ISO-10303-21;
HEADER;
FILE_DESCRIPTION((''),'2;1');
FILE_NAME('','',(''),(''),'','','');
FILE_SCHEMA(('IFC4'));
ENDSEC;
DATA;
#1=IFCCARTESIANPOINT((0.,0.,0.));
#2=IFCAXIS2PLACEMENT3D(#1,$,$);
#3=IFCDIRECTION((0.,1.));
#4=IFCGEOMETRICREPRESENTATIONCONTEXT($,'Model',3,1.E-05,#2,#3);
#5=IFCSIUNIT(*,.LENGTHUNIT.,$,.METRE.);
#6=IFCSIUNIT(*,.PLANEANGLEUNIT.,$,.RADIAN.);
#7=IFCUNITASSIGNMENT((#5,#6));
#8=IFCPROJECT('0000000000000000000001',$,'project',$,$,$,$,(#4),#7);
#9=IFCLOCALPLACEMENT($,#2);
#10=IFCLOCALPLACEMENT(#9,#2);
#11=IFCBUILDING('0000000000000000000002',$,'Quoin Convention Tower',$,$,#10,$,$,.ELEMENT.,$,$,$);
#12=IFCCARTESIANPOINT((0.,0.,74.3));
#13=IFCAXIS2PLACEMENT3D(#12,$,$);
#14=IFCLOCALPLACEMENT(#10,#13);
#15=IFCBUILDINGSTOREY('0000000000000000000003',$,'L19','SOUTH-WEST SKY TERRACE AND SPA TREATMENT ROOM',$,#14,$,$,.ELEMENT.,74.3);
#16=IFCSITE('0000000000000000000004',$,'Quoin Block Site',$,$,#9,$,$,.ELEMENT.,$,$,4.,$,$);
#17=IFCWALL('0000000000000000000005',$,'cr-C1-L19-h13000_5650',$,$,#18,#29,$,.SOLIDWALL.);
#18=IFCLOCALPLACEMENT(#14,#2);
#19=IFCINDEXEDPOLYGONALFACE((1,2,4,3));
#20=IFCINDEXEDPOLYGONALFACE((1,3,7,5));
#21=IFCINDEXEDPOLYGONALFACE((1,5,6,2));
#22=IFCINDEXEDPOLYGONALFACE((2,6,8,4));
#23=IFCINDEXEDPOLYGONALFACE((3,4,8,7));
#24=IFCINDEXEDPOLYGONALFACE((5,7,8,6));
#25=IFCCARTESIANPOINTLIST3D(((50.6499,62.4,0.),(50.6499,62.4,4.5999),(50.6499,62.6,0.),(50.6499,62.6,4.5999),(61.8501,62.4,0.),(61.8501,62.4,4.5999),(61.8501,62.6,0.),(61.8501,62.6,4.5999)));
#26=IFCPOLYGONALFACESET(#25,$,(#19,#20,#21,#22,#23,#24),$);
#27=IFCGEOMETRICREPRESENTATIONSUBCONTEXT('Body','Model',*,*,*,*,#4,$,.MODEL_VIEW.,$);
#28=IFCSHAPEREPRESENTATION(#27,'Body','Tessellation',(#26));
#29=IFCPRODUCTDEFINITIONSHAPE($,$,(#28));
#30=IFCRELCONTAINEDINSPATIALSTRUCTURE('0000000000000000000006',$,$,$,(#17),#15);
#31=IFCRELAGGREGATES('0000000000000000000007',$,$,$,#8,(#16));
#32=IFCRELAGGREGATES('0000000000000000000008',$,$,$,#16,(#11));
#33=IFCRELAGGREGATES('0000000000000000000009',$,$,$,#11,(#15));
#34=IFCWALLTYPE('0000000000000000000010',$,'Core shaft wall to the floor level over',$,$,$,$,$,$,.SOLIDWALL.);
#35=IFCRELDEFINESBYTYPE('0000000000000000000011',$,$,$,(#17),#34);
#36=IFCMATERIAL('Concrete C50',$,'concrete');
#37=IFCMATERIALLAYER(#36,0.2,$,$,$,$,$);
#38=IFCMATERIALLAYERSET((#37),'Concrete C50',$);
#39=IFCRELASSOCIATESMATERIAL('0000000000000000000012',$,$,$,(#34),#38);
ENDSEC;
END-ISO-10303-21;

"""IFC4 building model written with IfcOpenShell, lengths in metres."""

from ifc_helpers import new_model, si_unit, direction, frame, frame_2d, origin, place, context, subcontext, project, spatial, rectangle, extrude, material, layer, layer_set, type_object, element, save


model = new_model("IFC4")

# Units and contexts
model_context = context("Model", 3, precision=1e-05, world=origin(), true_north=direction((0.0, 1.0)))
body_context = subcontext(model_context, "Body", "Model", "MODEL_VIEW")
ifc_project = project(units=[si_unit("LENGTHUNIT", "METRE"), si_unit("PLANEANGLEUNIT", "RADIAN")], contexts=[model_context])

# Site, building, storey
site_placement = place(None, origin())
site = spatial("IfcSite", under=ifc_project, at=site_placement, Name="Quoin Block Site", CompositionType="ELEMENT", RefElevation=4.0)
building_placement = place(site_placement, origin())
building = spatial("IfcBuilding", under=site, at=building_placement, Name="Quoin Convention Tower", CompositionType="ELEMENT")
storey_placement = place(building_placement, frame((0.0, 0.0, 74.3)))
storey = spatial("IfcBuildingStorey", under=building, at=storey_placement, Name="L19", Description="SOUTH-WEST SKY TERRACE AND SPA TREATMENT ROOM", CompositionType="ELEMENT", Elevation=74.3)

# Shared definitions
ifc_material_1 = material(Name="Concrete C50", Category="concrete")

# Wall
ifc_layer_1 = layer(ifc_material_1, 0.2)
ifc_layer_set_1 = layer_set([ifc_layer_1], Name="Concrete C50")
wall_type_1 = type_object("IfcWallType", Name="Core shaft wall to the floor level over", PredefinedType="SOLIDWALL", material=ifc_layer_set_1)
wall_1_placement = place(storey_placement, frame((50.6499, 62.5, 0.0), z_axis=(0.0, 0.0, 1.0), x_axis=(1.0, 0.0, 0.0)))
element("IfcWall", 1, at=wall_1_placement, inside=storey, type_object=wall_type_1, Name="cr-C1-L19-h13000_5650", PredefinedType="SOLIDWALL", context=body_context, shape_type="SweptSolid", body=[
    extrude(rectangle(XDim=11.2002, YDim=0.2, at=frame_2d((5.6001, 0.0))), origin(), (0.0, 0.0, 1.0), 4.5999),
])

save(model, "model.ifc")
